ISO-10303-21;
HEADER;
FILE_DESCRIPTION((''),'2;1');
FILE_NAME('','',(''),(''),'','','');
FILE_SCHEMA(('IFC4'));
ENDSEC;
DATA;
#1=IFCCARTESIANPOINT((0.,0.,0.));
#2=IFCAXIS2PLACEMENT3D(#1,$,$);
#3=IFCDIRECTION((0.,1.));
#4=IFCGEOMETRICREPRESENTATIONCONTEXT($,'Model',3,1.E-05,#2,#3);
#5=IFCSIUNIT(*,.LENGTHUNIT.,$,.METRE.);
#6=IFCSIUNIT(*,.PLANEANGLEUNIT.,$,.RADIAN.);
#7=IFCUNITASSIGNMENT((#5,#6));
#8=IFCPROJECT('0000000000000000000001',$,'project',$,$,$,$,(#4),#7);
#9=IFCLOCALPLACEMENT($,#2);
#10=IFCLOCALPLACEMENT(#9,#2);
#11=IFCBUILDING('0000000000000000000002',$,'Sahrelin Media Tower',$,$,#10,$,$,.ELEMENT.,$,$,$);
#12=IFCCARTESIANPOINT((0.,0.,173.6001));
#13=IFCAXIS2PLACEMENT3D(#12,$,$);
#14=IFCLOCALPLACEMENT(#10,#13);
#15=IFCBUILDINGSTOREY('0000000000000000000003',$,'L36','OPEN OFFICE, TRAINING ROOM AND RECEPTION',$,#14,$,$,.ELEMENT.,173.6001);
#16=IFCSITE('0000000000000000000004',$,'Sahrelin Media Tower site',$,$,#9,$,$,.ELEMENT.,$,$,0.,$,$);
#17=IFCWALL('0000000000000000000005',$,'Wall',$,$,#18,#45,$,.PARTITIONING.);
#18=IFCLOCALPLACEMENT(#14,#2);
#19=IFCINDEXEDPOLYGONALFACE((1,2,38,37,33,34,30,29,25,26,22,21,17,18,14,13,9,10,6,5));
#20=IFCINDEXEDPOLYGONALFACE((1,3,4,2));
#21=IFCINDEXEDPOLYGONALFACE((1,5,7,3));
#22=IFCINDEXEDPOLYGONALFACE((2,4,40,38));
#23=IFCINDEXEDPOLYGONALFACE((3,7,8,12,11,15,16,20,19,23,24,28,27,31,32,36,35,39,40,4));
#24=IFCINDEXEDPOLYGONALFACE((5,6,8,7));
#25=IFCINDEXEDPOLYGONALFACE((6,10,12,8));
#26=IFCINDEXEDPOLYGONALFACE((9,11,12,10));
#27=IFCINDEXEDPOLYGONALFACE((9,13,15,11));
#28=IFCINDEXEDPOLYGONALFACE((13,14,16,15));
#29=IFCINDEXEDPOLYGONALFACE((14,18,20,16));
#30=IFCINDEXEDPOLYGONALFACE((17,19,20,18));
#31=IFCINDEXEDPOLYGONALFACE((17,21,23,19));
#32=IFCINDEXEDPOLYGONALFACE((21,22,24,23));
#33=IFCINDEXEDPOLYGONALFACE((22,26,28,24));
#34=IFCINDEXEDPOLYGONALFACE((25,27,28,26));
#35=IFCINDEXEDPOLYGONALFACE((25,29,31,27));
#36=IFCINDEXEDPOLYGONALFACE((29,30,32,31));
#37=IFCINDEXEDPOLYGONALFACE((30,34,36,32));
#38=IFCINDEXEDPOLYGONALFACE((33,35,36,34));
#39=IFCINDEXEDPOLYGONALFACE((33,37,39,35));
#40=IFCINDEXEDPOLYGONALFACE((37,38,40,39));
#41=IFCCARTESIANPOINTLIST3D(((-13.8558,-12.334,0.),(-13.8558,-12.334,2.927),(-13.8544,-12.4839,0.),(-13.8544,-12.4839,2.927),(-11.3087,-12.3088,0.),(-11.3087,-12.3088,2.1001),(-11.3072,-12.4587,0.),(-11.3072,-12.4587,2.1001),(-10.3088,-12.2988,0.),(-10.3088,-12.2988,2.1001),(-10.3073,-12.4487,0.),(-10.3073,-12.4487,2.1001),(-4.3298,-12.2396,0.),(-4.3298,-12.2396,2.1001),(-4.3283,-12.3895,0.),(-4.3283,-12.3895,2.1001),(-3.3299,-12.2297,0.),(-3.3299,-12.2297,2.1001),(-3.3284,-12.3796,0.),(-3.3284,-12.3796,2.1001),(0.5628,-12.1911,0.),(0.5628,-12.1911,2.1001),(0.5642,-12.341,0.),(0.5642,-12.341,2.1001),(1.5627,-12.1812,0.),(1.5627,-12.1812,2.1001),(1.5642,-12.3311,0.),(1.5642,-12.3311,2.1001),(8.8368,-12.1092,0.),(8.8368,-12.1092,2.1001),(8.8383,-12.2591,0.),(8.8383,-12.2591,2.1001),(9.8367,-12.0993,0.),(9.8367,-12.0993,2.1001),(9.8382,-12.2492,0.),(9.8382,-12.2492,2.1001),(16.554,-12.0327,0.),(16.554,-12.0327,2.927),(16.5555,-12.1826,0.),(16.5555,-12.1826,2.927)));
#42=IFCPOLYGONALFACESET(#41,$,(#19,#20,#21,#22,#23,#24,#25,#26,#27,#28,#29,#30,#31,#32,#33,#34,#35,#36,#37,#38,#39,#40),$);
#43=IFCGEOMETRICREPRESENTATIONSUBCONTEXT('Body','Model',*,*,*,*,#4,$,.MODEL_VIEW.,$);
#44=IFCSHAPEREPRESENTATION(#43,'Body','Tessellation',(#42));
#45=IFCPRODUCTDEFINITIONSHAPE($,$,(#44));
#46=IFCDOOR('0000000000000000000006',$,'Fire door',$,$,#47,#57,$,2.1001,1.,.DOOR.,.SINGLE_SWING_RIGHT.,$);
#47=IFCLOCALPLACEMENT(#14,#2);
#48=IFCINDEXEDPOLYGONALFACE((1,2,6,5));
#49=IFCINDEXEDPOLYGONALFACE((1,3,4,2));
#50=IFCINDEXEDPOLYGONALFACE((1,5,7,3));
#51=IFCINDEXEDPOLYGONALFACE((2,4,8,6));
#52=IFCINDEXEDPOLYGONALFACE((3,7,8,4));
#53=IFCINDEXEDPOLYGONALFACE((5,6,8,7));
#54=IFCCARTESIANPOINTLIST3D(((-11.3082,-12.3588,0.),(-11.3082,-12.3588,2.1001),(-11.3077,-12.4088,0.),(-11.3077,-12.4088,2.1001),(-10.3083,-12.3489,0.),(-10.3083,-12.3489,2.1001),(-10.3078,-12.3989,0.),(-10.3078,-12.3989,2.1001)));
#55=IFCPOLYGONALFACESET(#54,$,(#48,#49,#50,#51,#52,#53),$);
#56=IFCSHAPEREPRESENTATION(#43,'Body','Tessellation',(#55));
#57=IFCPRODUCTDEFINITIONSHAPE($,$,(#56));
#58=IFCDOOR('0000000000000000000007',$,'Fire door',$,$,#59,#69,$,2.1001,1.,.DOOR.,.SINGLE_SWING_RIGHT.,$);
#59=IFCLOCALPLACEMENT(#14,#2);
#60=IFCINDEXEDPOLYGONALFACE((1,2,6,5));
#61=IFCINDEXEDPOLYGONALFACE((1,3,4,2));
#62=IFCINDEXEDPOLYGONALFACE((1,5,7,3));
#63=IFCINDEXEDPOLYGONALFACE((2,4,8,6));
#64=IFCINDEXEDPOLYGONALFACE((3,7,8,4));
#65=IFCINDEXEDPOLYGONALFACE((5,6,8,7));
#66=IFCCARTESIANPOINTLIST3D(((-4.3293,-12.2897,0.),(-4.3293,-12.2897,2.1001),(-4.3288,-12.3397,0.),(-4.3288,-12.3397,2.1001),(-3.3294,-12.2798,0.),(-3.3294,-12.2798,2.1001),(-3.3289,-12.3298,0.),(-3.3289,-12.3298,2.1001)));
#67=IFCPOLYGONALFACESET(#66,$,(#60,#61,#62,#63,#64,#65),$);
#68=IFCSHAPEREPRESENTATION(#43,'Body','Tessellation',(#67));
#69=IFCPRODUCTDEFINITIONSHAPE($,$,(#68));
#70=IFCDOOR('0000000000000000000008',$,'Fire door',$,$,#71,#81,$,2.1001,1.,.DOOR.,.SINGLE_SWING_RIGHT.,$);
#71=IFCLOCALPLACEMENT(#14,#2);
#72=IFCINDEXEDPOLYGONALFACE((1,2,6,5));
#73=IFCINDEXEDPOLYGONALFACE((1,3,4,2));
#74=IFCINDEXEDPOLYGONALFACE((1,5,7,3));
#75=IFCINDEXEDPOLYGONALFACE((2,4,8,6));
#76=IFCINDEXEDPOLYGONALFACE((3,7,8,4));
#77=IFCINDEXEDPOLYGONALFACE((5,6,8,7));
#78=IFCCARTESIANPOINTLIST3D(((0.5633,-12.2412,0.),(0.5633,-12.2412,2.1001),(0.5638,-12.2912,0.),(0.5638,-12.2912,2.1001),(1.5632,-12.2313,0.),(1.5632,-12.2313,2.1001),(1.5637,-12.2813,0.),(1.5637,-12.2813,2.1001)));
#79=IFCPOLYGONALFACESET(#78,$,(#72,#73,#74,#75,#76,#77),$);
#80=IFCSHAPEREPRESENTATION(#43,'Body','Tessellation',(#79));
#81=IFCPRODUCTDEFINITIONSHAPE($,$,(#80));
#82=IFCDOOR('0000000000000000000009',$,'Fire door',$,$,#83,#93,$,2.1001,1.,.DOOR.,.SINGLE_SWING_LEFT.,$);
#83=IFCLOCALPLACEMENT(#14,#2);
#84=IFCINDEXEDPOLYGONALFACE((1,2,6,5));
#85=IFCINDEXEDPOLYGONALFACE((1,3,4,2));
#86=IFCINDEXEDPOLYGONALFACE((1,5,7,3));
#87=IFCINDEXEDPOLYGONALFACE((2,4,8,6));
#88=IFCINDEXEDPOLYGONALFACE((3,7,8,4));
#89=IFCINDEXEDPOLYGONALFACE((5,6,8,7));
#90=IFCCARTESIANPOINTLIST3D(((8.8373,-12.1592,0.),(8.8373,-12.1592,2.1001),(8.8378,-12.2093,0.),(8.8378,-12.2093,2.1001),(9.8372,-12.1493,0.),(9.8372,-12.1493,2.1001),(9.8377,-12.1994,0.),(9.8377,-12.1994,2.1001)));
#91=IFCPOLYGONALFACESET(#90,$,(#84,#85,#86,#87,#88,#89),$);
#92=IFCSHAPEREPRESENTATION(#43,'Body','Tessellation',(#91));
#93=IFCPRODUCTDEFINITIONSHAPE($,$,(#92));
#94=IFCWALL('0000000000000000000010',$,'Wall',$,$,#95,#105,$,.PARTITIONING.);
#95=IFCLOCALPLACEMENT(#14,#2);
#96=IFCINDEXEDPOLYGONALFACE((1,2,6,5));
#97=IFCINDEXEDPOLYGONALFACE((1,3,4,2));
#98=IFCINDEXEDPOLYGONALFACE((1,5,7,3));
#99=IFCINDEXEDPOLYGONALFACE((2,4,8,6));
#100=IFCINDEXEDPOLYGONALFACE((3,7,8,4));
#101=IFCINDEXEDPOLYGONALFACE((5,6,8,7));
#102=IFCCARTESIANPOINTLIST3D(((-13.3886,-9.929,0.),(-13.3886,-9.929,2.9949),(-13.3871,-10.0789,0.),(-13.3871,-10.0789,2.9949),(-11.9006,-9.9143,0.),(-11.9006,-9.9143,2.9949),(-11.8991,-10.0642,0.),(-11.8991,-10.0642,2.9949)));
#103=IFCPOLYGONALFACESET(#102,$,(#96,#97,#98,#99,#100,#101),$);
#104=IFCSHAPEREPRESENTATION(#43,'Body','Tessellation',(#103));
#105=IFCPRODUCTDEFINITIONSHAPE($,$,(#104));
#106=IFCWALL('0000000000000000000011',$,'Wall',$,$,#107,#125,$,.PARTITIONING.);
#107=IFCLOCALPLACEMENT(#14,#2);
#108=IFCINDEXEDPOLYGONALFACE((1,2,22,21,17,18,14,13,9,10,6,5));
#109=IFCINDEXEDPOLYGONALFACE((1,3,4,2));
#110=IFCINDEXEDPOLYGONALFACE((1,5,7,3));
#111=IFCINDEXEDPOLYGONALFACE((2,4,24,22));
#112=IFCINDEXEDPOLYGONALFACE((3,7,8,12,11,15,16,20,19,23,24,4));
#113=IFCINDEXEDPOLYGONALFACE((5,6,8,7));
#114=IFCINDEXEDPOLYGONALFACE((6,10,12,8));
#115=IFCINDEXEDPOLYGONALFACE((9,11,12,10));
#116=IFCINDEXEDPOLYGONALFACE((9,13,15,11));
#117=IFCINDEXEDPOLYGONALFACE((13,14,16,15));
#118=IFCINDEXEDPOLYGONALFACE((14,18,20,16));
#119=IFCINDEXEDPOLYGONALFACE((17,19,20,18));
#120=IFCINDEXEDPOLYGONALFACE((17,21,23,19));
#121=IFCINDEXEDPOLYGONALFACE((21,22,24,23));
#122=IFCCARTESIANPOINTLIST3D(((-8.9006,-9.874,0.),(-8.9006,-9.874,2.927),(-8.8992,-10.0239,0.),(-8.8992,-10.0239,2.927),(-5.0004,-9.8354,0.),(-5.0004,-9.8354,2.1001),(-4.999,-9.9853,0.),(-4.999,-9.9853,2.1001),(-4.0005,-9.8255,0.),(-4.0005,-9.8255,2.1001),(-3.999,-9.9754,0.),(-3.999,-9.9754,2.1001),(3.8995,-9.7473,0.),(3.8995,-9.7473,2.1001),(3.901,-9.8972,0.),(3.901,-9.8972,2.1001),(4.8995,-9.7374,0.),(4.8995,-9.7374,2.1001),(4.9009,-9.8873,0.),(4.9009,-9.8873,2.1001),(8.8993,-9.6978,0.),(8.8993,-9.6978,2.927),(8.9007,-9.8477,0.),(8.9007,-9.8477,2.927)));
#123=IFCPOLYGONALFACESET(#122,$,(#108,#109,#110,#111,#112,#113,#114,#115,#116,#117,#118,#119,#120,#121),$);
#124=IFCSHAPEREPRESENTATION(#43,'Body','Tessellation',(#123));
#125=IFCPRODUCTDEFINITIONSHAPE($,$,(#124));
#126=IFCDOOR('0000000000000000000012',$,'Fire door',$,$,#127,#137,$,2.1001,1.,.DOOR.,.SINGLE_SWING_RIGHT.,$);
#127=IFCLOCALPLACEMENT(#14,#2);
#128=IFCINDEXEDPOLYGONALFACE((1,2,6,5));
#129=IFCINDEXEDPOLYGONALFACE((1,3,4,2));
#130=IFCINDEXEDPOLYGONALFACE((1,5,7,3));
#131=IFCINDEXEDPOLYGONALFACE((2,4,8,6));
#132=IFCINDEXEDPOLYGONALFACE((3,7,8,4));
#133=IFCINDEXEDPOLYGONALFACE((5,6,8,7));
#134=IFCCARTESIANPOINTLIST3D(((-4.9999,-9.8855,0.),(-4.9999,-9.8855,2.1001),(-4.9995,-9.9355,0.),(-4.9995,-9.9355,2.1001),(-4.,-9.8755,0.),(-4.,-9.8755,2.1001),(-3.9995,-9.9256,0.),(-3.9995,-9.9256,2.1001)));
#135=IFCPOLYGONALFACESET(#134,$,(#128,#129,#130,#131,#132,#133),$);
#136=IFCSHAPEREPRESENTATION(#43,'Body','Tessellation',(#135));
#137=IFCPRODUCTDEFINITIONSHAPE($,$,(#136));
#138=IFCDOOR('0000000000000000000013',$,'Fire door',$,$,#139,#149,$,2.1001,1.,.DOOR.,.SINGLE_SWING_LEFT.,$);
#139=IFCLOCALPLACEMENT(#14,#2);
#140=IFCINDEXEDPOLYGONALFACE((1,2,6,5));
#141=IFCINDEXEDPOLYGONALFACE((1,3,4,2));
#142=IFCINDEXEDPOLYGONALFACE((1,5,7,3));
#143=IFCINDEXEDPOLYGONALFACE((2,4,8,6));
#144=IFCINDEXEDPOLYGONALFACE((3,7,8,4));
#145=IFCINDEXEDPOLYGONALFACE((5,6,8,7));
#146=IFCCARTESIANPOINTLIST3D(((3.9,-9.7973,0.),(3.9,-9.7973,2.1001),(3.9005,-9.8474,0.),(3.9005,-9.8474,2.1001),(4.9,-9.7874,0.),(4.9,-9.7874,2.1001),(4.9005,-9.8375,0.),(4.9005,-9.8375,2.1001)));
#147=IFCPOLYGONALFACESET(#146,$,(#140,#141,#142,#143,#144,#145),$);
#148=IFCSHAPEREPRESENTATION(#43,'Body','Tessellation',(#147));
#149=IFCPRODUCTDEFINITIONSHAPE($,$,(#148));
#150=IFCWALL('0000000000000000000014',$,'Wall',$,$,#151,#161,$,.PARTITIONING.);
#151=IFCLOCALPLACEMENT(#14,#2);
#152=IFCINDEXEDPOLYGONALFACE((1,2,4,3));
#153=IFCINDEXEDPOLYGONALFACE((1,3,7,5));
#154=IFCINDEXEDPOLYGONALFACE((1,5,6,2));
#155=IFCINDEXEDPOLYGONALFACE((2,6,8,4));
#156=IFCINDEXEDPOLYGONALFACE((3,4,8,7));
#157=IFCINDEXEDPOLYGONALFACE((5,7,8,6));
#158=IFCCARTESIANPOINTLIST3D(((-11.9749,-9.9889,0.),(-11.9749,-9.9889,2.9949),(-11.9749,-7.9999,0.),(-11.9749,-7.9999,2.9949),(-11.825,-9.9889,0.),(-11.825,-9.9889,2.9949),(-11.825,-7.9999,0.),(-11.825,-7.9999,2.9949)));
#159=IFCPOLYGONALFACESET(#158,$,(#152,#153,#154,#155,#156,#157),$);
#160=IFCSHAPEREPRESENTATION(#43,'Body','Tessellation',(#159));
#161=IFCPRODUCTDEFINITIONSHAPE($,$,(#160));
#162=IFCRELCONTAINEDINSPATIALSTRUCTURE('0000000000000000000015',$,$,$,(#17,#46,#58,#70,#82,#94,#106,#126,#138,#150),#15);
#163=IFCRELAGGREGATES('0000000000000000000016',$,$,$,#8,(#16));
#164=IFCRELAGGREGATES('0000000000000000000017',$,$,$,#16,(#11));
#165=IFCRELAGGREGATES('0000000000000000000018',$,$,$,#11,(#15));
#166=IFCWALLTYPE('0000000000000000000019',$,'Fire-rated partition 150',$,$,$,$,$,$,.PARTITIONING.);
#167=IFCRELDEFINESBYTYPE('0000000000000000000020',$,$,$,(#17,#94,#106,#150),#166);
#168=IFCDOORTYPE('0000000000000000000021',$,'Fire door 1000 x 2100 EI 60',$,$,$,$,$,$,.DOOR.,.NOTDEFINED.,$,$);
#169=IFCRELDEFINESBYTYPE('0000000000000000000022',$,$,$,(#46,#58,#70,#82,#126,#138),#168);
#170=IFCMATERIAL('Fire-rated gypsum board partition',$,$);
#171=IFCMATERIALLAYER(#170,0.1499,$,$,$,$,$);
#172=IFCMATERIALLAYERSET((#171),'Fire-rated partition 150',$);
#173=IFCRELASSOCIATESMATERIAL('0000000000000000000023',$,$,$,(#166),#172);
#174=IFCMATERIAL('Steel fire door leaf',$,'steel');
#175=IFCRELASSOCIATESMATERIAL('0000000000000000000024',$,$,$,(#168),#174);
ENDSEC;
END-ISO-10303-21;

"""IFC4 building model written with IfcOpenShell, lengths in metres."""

from ifc_helpers import new_model, si_unit, direction, frame, frame_2d, origin, place, context, subcontext, project, spatial, rectangle, extrude, material, layer, layer_set, type_object, element, fill, save


model = new_model("IFC4")

# Units and contexts
model_context = context("Model", 3, precision=1e-05, world=origin(), true_north=direction((0.0, 1.0)))
body_context = subcontext(model_context, "Body", "Model", "MODEL_VIEW")
ifc_project = project(units=[si_unit("LENGTHUNIT", "METRE"), si_unit("PLANEANGLEUNIT", "RADIAN")], contexts=[model_context])

# Site, building, storey
site_placement = place(None, origin())
site = spatial("IfcSite", under=ifc_project, at=site_placement, Name="Sahrelin Media Tower site", CompositionType="ELEMENT", RefElevation=0.0)
building_placement = place(site_placement, origin())
building = spatial("IfcBuilding", under=site, at=building_placement, Name="Sahrelin Media Tower", CompositionType="ELEMENT")
storey_placement = place(building_placement, frame((0.0, 0.0, 173.6001)))
storey = spatial("IfcBuildingStorey", under=building, at=storey_placement, Name="L36", Description="OPEN OFFICE, TRAINING ROOM AND RECEPTION", CompositionType="ELEMENT", Elevation=173.6001)

# Wall, openings, doors
ifc_material_1 = material(Name="Fire-rated gypsum board partition")
ifc_layer_1 = layer(ifc_material_1, 0.1499)
ifc_layer_set_1 = layer_set([ifc_layer_1], Name="Fire-rated partition 150")
wall_type_1 = type_object("IfcWallType", Name="Fire-rated partition 150", PredefinedType="PARTITIONING", material=ifc_layer_set_1)
wall_1_placement = place(storey_placement, frame((-13.855, -12.4089, 0.0), z_axis=(0.0, 0.0, 1.0), x_axis=(0.999951, 0.009906, 0.0)))
wall_1 = element("IfcWall", 1, at=wall_1_placement, inside=storey, type_object=wall_type_1, Name="Wall", PredefinedType="PARTITIONING", context=body_context, shape_type="SweptSolid", body=[
    extrude(rectangle(XDim=30.4114, YDim=0.1499, at=frame_2d((15.2056, 0.0))), origin(), (0.0, 0.0, 1.0), 2.927),
])
opening_1_placement = place(wall_1_placement, frame((2.5471, 0.0, 0.0)))
opening_1 = element("IfcOpeningElement", 2, at=opening_1_placement, cuts=wall_1, PredefinedType="OPENING", context=body_context, shape_type="SweptSolid", body=[
    extrude(rectangle(XDim=1.0, YDim=2.1001, at=frame_2d((0.5, 1.05))), frame((0.0, 0.075, 0.0), z_axis=(0.0, -1.0, 0.0), x_axis=(1.0, 0.0, 0.0)), (0.0, 0.0, 1.0), 0.1499),
])
opening_2_placement = place(wall_1_placement, frame((9.5264, 0.0, 0.0)))
opening_2 = element("IfcOpeningElement", 3, at=opening_2_placement, cuts=wall_1, PredefinedType="OPENING", context=body_context, shape_type="SweptSolid", body=[
    extrude(rectangle(XDim=1.0, YDim=2.1001, at=frame_2d((0.5, 1.05))), frame((0.0, 0.075, 0.0), z_axis=(0.0, -1.0, 0.0), x_axis=(1.0, 0.0, 0.0)), (0.0, 0.0, 1.0), 0.1499),
])
opening_3_placement = place(wall_1_placement, frame((14.4192, 0.0, 0.0)))
opening_3 = element("IfcOpeningElement", 4, at=opening_3_placement, cuts=wall_1, PredefinedType="OPENING", context=body_context, shape_type="SweptSolid", body=[
    extrude(rectangle(XDim=1.0, YDim=2.1001, at=frame_2d((0.5, 1.05))), frame((0.0, 0.075, 0.0), z_axis=(0.0, -1.0, 0.0), x_axis=(1.0, 0.0, 0.0)), (0.0, 0.0, 1.0), 0.1499),
])
opening_4_placement = place(wall_1_placement, frame((22.6936, 0.0, 0.0)))
opening_4 = element("IfcOpeningElement", 5, at=opening_4_placement, cuts=wall_1, PredefinedType="OPENING", context=body_context, shape_type="SweptSolid", body=[
    extrude(rectangle(XDim=1.0, YDim=2.1001, at=frame_2d((0.5, 1.05))), frame((0.0, 0.075, 0.0), z_axis=(0.0, -1.0, 0.0), x_axis=(1.0, 0.0, 0.0)), (0.0, 0.0, 1.0), 0.1499),
])
ifc_material_2 = material(Name="Steel fire door leaf", Category="steel")
door_type_1 = type_object("IfcDoorType", Name="Fire door 1000 x 2100 EI 60", OperationType="NOTDEFINED", PredefinedType="DOOR", material=ifc_material_2)
door_1_placement = place(opening_1_placement, origin())
door_1 = element("IfcDoor", 6, at=door_1_placement, inside=storey, type_object=door_type_1, Name="Fire door", OperationType="SINGLE_SWING_RIGHT", OverallHeight=2.1001, OverallWidth=1.0, PredefinedType="DOOR", context=body_context, shape_type="SweptSolid", body=[
    extrude(rectangle(XDim=1.0, YDim=2.1001, at=frame_2d((0.5, 1.05))), frame((0.0, 0.0249, 0.0), z_axis=(0.0, -1.0, 0.0), x_axis=(1.0, 0.0, 0.0)), (0.0, 0.0, 1.0), 0.05),
])
fill(opening_1, door_1)
door_2_placement = place(opening_2_placement, origin())
door_2 = element("IfcDoor", 7, at=door_2_placement, inside=storey, type_object=door_type_1, Name="Fire door", OperationType="SINGLE_SWING_RIGHT", OverallHeight=2.1001, OverallWidth=1.0, PredefinedType="DOOR", context=body_context, shape_type="SweptSolid", body=[
    extrude(rectangle(XDim=1.0, YDim=2.1001, at=frame_2d((0.5, 1.05))), frame((0.0, 0.0249, 0.0), z_axis=(0.0, -1.0, 0.0), x_axis=(1.0, 0.0, 0.0)), (0.0, 0.0, 1.0), 0.05),
])
fill(opening_2, door_2)
door_3_placement = place(opening_3_placement, origin())
door_3 = element("IfcDoor", 8, at=door_3_placement, inside=storey, type_object=door_type_1, Name="Fire door", OperationType="SINGLE_SWING_RIGHT", OverallHeight=2.1001, OverallWidth=1.0, PredefinedType="DOOR", context=body_context, shape_type="SweptSolid", body=[
    extrude(rectangle(XDim=1.0, YDim=2.1001, at=frame_2d((0.5, 1.05))), frame((0.0, 0.0249, 0.0), z_axis=(0.0, -1.0, 0.0), x_axis=(1.0, 0.0, 0.0)), (0.0, 0.0, 1.0), 0.05),
])
fill(opening_3, door_3)
door_4_placement = place(opening_4_placement, origin())
door_4 = element("IfcDoor", 9, at=door_4_placement, inside=storey, type_object=door_type_1, Name="Fire door", OperationType="SINGLE_SWING_LEFT", OverallHeight=2.1001, OverallWidth=1.0, PredefinedType="DOOR", context=body_context, shape_type="SweptSolid", body=[
    extrude(rectangle(XDim=1.0, YDim=2.1001, at=frame_2d((0.5, 1.05))), frame((0.0, 0.0249, 0.0), z_axis=(0.0, -1.0, 0.0), x_axis=(1.0, 0.0, 0.0)), (0.0, 0.0, 1.0), 0.05),
])
fill(opening_4, door_4)

# Wall
wall_2_placement = place(storey_placement, frame((-13.3879, -10.0039, 0.0), z_axis=(0.0, 0.0, 1.0), x_axis=(0.999952, 0.009844, 0.0)))
element("IfcWall", 10, at=wall_2_placement, inside=storey, type_object=wall_type_1, Name="Wall", PredefinedType="PARTITIONING", context=body_context, shape_type="SweptSolid", body=[
    extrude(rectangle(XDim=1.488, YDim=0.1499, at=frame_2d((0.7441, 0.0))), origin(), (0.0, 0.0, 1.0), 2.9949),
])

# Wall, openings, doors
wall_3_placement = place(storey_placement, frame((-8.8999, -9.949, 0.0), z_axis=(0.0, 0.0, 1.0), x_axis=(0.999951, 0.009902, 0.0)))
wall_3 = element("IfcWall", 11, at=wall_3_placement, inside=storey, type_object=wall_type_1, Name="Wall", PredefinedType="PARTITIONING", context=body_context, shape_type="SweptSolid", body=[
    extrude(rectangle(XDim=17.8008, YDim=0.1499, at=frame_2d((8.9004, 0.0))), origin(), (0.0, 0.0, 1.0), 2.927),
])
opening_5_placement = place(wall_3_placement, frame((3.9004, 0.0, 0.0)))
opening_5 = element("IfcOpeningElement", 12, at=opening_5_placement, cuts=wall_3, PredefinedType="OPENING", context=body_context, shape_type="SweptSolid", body=[
    extrude(rectangle(XDim=1.0, YDim=2.1001, at=frame_2d((0.5, 1.05))), frame((0.0, 0.075, 0.0), z_axis=(0.0, -1.0, 0.0), x_axis=(1.0, 0.0, 0.0)), (0.0, 0.0, 1.0), 0.1499),
])
opening_6_placement = place(wall_3_placement, frame((12.8008, 0.0, 0.0)))
opening_6 = element("IfcOpeningElement", 13, at=opening_6_placement, cuts=wall_3, PredefinedType="OPENING", context=body_context, shape_type="SweptSolid", body=[
    extrude(rectangle(XDim=1.0, YDim=2.1001, at=frame_2d((0.5, 1.05))), frame((0.0, 0.075, 0.0), z_axis=(0.0, -1.0, 0.0), x_axis=(1.0, 0.0, 0.0)), (0.0, 0.0, 1.0), 0.1499),
])
door_5_placement = place(opening_5_placement, origin())
door_5 = element("IfcDoor", 14, at=door_5_placement, inside=storey, type_object=door_type_1, Name="Fire door", OperationType="SINGLE_SWING_RIGHT", OverallHeight=2.1001, OverallWidth=1.0, PredefinedType="DOOR", context=body_context, shape_type="SweptSolid", body=[
    extrude(rectangle(XDim=1.0, YDim=2.1001, at=frame_2d((0.5, 1.05))), frame((0.0, 0.0249, 0.0), z_axis=(0.0, -1.0, 0.0), x_axis=(1.0, 0.0, 0.0)), (0.0, 0.0, 1.0), 0.05),
])
fill(opening_5, door_5)
door_6_placement = place(opening_6_placement, origin())
door_6 = element("IfcDoor", 15, at=door_6_placement, inside=storey, type_object=door_type_1, Name="Fire door", OperationType="SINGLE_SWING_LEFT", OverallHeight=2.1001, OverallWidth=1.0, PredefinedType="DOOR", context=body_context, shape_type="SweptSolid", body=[
    extrude(rectangle(XDim=1.0, YDim=2.1001, at=frame_2d((0.5, 1.05))), frame((0.0, 0.0249, 0.0), z_axis=(0.0, -1.0, 0.0), x_axis=(1.0, 0.0, 0.0)), (0.0, 0.0, 1.0), 0.05),
])
fill(opening_6, door_6)

# Wall
wall_4_placement = place(storey_placement, frame((-11.8999, -9.989, 0.0), z_axis=(0.0, 0.0, 1.0), x_axis=(0.0, 1.0, 0.0)))
element("IfcWall", 16, at=wall_4_placement, inside=storey, type_object=wall_type_1, Name="Wall", PredefinedType="PARTITIONING", context=body_context, shape_type="SweptSolid", body=[
    extrude(rectangle(XDim=1.989, YDim=0.1499, at=frame_2d((0.9946, 0.0))), origin(), (0.0, 0.0, 1.0), 2.9949),
])

save(model, "model.ifc")
